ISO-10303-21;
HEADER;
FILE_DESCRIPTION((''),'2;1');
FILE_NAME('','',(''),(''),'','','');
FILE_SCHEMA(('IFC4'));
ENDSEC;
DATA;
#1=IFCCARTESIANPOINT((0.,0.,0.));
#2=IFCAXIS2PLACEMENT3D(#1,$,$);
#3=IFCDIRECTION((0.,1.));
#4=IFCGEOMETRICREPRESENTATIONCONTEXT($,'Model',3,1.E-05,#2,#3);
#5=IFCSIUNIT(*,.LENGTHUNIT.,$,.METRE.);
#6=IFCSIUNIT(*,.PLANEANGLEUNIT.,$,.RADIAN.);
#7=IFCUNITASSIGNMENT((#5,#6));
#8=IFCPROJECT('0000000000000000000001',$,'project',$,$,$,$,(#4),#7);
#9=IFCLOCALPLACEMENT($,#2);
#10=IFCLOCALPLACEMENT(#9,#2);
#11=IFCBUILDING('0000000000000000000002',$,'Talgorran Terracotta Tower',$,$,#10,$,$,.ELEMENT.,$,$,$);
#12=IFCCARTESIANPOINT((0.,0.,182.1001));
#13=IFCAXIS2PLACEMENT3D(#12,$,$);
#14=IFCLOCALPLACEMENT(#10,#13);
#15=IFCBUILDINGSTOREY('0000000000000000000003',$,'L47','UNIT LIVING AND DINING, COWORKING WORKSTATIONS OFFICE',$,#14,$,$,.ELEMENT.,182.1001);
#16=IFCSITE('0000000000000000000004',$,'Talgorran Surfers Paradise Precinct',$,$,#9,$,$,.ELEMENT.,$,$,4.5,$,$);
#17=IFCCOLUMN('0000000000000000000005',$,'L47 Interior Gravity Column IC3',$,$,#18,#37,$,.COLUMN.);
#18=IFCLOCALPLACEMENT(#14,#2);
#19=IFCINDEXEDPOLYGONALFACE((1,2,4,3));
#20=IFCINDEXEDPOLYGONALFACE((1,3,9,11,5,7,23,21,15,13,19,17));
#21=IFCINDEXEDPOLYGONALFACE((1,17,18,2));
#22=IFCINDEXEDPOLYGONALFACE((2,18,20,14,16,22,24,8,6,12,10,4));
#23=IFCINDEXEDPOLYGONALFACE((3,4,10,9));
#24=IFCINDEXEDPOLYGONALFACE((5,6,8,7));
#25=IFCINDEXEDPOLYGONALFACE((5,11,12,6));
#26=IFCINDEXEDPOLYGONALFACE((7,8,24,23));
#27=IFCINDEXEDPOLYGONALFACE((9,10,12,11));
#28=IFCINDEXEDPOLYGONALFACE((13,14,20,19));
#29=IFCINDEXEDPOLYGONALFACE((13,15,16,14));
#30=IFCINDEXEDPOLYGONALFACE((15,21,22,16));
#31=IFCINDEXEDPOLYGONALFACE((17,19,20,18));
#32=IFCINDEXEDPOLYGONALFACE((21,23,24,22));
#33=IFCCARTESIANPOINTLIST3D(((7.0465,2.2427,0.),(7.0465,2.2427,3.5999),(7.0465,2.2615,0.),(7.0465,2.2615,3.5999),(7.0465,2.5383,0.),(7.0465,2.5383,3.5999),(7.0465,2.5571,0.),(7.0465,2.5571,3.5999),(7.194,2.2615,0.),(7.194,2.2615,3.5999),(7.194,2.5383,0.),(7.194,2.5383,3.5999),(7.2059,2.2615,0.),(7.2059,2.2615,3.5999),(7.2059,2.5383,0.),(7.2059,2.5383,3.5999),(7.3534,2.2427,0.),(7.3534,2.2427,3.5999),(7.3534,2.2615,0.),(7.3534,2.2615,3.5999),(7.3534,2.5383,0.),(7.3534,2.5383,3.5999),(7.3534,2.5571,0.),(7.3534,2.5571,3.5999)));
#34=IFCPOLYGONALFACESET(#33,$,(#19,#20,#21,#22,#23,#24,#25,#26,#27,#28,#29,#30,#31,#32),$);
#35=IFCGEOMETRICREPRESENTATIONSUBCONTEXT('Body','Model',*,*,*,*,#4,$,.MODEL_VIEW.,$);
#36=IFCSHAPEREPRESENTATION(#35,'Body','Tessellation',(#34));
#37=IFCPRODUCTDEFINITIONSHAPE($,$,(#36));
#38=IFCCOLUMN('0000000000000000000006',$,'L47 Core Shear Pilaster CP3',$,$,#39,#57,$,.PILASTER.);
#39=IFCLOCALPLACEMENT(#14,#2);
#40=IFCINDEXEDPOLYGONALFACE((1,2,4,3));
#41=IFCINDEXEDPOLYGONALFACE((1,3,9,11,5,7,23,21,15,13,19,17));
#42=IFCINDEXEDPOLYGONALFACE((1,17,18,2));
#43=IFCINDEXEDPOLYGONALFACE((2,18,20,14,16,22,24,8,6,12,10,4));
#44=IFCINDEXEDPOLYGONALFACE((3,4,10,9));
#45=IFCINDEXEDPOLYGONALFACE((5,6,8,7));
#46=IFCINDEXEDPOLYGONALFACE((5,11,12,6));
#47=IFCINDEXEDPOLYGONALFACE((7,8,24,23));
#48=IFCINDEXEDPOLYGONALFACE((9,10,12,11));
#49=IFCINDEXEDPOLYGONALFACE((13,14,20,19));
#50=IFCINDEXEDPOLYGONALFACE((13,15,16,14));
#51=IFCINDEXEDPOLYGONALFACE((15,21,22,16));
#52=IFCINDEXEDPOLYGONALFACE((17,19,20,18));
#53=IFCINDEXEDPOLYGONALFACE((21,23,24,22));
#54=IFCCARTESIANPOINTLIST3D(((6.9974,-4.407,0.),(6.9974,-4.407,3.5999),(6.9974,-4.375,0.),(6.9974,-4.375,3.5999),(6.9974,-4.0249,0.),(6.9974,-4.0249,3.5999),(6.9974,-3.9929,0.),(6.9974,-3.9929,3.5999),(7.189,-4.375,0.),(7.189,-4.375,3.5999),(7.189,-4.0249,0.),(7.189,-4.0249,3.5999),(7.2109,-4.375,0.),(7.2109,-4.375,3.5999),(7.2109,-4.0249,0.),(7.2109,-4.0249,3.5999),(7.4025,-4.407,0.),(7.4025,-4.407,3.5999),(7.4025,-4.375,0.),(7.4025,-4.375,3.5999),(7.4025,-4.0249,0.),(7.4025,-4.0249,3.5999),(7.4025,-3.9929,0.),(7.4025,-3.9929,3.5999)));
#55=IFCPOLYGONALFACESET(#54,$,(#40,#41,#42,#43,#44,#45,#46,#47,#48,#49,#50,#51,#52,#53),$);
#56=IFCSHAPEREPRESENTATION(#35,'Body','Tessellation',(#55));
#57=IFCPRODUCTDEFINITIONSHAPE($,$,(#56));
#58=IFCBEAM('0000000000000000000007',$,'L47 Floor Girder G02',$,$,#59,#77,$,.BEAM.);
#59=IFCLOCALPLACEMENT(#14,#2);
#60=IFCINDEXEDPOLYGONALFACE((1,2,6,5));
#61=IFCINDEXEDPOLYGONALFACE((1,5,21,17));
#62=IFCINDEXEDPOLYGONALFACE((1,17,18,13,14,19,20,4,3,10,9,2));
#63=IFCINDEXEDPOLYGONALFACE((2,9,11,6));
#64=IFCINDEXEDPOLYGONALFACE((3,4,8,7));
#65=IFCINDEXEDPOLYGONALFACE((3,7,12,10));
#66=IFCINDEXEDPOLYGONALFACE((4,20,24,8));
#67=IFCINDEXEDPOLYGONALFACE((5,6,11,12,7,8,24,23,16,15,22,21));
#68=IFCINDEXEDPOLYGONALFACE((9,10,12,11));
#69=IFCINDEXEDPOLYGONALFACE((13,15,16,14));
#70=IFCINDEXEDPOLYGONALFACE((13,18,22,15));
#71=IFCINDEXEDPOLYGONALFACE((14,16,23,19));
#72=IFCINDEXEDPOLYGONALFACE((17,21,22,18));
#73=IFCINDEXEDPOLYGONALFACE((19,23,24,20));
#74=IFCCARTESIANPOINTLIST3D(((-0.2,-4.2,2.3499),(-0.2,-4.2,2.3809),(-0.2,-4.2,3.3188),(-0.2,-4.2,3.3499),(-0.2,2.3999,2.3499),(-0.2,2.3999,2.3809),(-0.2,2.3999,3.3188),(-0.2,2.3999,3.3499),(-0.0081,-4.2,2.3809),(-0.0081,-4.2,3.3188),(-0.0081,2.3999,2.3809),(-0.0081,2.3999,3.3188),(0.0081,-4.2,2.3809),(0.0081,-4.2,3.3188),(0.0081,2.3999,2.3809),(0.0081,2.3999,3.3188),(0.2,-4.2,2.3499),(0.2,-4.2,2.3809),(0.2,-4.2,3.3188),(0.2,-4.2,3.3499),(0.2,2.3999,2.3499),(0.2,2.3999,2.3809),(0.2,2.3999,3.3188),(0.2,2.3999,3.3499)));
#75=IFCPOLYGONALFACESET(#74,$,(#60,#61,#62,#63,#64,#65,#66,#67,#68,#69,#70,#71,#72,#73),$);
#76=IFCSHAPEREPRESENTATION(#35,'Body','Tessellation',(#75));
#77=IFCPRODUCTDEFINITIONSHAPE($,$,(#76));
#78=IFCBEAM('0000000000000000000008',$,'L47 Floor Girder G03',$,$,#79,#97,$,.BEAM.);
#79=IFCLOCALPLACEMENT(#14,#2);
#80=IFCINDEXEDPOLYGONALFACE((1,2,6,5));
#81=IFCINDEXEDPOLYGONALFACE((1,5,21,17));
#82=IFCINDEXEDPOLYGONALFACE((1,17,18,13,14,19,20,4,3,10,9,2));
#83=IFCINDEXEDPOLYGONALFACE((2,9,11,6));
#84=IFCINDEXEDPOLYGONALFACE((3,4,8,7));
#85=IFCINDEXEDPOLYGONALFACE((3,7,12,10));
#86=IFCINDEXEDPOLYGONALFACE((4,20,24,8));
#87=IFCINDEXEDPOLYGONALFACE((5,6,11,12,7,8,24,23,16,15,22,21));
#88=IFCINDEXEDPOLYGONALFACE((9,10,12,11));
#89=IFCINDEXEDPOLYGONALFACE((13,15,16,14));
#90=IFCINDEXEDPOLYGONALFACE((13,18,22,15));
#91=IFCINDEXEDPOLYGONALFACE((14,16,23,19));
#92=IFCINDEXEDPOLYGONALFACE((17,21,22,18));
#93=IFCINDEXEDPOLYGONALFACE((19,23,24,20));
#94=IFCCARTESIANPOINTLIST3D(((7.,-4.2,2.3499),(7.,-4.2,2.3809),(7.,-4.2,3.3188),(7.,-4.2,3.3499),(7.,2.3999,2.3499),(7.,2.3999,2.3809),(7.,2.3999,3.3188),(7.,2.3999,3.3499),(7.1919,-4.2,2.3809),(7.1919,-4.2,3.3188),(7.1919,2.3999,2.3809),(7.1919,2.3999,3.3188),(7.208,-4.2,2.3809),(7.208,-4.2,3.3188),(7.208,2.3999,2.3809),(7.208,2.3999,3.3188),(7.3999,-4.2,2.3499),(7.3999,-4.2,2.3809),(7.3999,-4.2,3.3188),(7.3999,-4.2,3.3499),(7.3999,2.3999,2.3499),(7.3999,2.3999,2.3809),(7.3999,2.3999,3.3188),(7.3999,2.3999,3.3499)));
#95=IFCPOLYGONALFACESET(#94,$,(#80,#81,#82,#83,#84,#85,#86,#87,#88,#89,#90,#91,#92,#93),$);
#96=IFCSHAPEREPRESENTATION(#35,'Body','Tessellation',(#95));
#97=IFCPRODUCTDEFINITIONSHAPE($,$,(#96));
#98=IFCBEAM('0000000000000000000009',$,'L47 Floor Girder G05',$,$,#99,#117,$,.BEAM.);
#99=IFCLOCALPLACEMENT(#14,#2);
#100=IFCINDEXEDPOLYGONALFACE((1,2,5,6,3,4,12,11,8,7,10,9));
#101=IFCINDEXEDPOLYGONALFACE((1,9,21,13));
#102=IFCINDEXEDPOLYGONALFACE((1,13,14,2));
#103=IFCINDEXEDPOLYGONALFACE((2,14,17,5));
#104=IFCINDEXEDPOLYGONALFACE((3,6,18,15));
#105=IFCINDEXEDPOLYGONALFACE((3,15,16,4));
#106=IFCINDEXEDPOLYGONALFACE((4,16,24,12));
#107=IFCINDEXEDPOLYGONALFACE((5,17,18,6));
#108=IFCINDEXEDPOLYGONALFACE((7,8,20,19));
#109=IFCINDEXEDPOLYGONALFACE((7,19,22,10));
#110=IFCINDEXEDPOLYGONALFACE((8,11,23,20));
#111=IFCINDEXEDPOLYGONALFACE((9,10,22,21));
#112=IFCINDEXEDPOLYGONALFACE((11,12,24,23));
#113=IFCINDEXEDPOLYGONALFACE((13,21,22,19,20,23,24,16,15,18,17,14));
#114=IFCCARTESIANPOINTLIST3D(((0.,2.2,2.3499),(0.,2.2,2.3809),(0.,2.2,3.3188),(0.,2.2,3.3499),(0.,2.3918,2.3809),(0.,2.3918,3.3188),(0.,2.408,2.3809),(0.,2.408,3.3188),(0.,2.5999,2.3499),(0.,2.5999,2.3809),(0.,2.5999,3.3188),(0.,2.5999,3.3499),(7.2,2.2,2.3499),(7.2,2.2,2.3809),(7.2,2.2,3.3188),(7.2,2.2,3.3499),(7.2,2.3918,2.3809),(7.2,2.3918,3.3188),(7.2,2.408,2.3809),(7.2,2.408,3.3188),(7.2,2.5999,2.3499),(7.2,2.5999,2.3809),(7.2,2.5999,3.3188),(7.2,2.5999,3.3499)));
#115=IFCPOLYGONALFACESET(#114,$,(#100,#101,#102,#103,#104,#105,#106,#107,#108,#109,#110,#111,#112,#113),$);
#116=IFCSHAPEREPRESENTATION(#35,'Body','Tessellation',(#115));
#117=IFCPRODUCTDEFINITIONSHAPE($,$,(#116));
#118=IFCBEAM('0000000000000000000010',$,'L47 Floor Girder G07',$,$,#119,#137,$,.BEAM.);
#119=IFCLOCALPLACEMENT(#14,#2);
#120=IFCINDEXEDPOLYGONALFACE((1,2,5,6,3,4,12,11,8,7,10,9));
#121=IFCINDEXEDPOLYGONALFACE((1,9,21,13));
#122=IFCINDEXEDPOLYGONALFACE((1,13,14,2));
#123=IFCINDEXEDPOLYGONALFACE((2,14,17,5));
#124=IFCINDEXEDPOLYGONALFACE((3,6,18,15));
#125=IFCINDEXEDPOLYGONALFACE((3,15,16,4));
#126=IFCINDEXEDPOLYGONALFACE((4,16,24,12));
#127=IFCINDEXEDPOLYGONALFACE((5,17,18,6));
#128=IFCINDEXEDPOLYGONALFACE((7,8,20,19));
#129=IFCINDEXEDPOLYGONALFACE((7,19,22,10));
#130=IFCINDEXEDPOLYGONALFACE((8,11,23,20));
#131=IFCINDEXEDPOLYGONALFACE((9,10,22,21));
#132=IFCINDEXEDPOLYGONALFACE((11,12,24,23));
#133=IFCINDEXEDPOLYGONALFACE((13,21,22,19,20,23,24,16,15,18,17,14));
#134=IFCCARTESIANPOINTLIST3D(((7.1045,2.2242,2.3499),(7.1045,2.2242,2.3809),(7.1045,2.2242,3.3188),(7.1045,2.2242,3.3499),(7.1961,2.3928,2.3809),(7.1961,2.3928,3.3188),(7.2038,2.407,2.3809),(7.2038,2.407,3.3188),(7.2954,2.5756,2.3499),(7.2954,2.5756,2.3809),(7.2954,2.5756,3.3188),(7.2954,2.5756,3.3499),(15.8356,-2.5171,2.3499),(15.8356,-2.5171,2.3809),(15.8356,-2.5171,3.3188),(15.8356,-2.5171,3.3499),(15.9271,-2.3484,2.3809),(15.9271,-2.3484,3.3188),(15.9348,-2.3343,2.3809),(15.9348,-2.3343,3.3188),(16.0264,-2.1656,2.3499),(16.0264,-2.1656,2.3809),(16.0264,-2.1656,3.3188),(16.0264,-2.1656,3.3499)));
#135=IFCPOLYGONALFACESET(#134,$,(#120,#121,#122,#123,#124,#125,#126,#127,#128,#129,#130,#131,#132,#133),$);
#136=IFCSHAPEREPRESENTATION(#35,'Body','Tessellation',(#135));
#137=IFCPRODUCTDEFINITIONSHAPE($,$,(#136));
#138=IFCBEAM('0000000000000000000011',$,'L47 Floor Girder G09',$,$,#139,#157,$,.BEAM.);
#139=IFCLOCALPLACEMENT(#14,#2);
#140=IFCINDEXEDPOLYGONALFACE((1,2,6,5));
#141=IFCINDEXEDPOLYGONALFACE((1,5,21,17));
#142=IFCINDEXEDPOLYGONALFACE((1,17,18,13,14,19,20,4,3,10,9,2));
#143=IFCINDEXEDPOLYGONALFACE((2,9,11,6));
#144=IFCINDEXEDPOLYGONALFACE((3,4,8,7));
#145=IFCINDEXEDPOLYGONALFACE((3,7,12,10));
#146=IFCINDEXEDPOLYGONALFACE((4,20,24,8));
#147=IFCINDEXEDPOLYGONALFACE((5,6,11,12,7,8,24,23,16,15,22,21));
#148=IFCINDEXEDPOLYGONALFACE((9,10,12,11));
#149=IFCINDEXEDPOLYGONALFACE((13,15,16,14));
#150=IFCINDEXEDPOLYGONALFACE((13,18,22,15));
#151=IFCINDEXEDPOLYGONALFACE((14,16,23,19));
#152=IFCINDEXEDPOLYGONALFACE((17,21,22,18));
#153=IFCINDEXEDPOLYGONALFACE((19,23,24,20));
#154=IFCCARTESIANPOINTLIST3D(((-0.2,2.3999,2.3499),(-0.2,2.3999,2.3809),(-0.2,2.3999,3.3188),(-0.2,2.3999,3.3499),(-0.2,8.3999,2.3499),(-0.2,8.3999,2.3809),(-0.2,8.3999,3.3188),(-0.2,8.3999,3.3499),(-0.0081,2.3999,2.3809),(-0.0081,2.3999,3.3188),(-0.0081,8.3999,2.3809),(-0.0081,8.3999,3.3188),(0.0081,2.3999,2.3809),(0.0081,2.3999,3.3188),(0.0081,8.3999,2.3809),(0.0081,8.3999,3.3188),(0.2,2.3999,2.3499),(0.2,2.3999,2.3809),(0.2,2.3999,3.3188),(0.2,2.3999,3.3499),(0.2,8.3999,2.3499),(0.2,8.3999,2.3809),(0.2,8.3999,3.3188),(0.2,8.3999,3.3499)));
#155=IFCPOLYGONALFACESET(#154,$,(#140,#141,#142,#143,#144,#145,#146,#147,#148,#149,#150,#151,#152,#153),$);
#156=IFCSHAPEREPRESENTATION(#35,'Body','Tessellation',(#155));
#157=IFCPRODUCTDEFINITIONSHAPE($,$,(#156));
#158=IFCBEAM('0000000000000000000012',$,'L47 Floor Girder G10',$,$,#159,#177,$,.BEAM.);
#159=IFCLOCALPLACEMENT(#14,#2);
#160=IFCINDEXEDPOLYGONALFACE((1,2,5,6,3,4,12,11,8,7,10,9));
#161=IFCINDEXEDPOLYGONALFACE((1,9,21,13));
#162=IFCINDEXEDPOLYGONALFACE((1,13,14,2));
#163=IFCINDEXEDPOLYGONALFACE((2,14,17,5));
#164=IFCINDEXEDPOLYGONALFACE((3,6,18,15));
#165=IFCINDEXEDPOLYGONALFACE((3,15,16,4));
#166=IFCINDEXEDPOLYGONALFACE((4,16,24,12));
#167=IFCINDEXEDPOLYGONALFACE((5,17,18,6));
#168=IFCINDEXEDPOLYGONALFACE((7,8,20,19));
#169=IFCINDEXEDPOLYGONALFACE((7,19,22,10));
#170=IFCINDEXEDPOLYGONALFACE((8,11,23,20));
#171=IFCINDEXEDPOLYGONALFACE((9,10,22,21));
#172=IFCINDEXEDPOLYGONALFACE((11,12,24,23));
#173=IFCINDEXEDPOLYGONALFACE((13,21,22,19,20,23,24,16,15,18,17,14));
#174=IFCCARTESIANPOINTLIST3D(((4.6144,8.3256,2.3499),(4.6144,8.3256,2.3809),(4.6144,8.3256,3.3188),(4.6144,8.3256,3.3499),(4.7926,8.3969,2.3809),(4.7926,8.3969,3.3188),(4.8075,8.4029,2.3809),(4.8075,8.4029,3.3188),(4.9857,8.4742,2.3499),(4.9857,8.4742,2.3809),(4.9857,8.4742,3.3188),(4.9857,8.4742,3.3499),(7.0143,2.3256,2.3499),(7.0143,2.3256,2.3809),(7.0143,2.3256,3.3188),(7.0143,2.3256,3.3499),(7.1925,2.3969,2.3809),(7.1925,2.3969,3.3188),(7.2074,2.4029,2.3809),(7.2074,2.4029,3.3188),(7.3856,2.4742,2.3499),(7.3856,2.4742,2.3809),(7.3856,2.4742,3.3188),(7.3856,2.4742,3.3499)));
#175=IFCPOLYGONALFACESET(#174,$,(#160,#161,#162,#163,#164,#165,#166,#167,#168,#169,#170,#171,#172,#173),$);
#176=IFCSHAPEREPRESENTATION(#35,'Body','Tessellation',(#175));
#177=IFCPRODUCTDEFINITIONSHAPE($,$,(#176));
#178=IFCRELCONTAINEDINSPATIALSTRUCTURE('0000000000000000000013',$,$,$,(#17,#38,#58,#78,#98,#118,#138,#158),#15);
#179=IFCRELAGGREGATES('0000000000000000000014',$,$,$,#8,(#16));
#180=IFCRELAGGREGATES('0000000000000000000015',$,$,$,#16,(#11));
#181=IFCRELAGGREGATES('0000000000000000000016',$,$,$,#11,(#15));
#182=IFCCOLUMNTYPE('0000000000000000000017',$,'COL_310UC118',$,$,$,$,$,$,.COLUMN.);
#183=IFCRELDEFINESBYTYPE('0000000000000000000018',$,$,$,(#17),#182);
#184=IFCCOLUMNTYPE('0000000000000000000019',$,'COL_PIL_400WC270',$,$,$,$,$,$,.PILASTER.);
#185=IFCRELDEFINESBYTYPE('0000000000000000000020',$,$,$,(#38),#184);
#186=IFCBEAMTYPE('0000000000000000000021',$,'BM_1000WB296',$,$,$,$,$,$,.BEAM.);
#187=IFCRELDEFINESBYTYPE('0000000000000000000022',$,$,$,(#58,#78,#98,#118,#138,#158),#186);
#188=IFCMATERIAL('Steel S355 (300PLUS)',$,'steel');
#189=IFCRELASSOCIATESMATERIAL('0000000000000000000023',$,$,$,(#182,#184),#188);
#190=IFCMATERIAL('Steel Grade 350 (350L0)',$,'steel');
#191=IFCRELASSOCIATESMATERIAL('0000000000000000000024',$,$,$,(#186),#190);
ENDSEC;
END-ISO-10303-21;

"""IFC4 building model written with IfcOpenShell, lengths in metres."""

from ifc_helpers import new_model, si_unit, direction, frame, origin, origin_2d, place, context, subcontext, project, spatial, i_section, extrude, material, material_profile, profile_set, type_object, element, save


model = new_model("IFC4")

# Units and contexts
model_context = context("Model", 3, precision=1e-05, world=origin(), true_north=direction((0.0, 1.0)))
body_context = subcontext(model_context, "Body", "Model", "MODEL_VIEW")
ifc_project = project(units=[si_unit("LENGTHUNIT", "METRE"), si_unit("PLANEANGLEUNIT", "RADIAN")], contexts=[model_context])

# Site, building, storey
site_placement = place(None, origin())
site = spatial("IfcSite", under=ifc_project, at=site_placement, Name="Talgorran Surfers Paradise Precinct", CompositionType="ELEMENT", RefElevation=4.5)
building_placement = place(site_placement, origin())
building = spatial("IfcBuilding", under=site, at=building_placement, Name="Talgorran Terracotta Tower", CompositionType="ELEMENT")
storey_placement = place(building_placement, frame((0.0, 0.0, 182.1001)))
storey = spatial("IfcBuildingStorey", under=building, at=storey_placement, Name="L47", Description="UNIT LIVING AND DINING, COWORKING WORKSTATIONS OFFICE", CompositionType="ELEMENT", Elevation=182.1001)

# Columns
ifc_material_1 = material(Name="Steel S355 (300PLUS)", Category="steel")
ifc_material_profile_1 = material_profile(ifc_material_1, i_section(OverallWidth=0.3069, OverallDepth=0.3145, WebThickness=0.012, FlangeThickness=0.0188, at=origin_2d()), Name="310UC118")
ifc_profile_set_1 = profile_set([ifc_material_profile_1], Name="Steel S355 (300PLUS)")
column_type_1 = type_object("IfcColumnType", Name="COL_310UC118", PredefinedType="COLUMN", material=ifc_profile_set_1)
column_1_placement = place(storey_placement, frame((7.2, 2.3999, 0.0), z_axis=(0.0, 0.0, 1.0), x_axis=(1.0, 0.0, 0.0)))
element("IfcColumn", 1, at=column_1_placement, inside=storey, type_object=column_type_1, Name="L47 Interior Gravity Column IC3", PredefinedType="COLUMN", context=body_context, shape_type="SweptSolid", body=[
    extrude(i_section(OverallWidth=0.3069, OverallDepth=0.3145, WebThickness=0.012, FlangeThickness=0.0188, at=origin_2d()), origin(), (0.0, 0.0, 1.0), 3.5999),
])
ifc_material_profile_2 = material_profile(ifc_material_1, i_section(OverallWidth=0.405, OverallDepth=0.4141, WebThickness=0.022, FlangeThickness=0.032, at=origin_2d()), Name="400WC270")
ifc_profile_set_2 = profile_set([ifc_material_profile_2], Name="Steel S355 (300PLUS)")
column_type_2 = type_object("IfcColumnType", Name="COL_PIL_400WC270", PredefinedType="PILASTER", material=ifc_profile_set_2)
column_2_placement = place(storey_placement, frame((7.2, -4.2, 0.0), z_axis=(0.0, 0.0, 1.0), x_axis=(1.0, 0.0, 0.0)))
element("IfcColumn", 2, at=column_2_placement, inside=storey, type_object=column_type_2, Name="L47 Core Shear Pilaster CP3", PredefinedType="PILASTER", context=body_context, shape_type="SweptSolid", body=[
    extrude(i_section(OverallWidth=0.405, OverallDepth=0.4141, WebThickness=0.022, FlangeThickness=0.032, at=origin_2d()), origin(), (0.0, 0.0, 1.0), 3.5999),
])

# Beams
ifc_material_2 = material(Name="Steel Grade 350 (350L0)", Category="steel")
ifc_material_profile_3 = material_profile(ifc_material_2, i_section(OverallWidth=0.3999, OverallDepth=1.0, WebThickness=0.0161, FlangeThickness=0.031, at=origin_2d()), Name="1000WB296")
ifc_profile_set_3 = profile_set([ifc_material_profile_3], Name="Steel Grade 350 (350L0)")
beam_type_1 = type_object("IfcBeamType", Name="BM_1000WB296", PredefinedType="BEAM", material=ifc_profile_set_3)
for number, where, z_axis, x_axis, name in (
    (3, (0.0, -4.2, 2.8499), (0.0, 1.0, 0.0), (-1.0, 0.0, 0.0), "L47 Floor Girder G02"),
    (4, (7.2, -4.2, 2.8499), (0.0, 1.0, 0.0), (-1.0, 0.0, 0.0), "L47 Floor Girder G03"),
):
    element("IfcBeam", number, at=place(storey_placement, frame(where, z_axis=z_axis, x_axis=x_axis)), inside=storey, type_object=beam_type_1, Name=name, PredefinedType="BEAM", context=body_context, shape_type="SweptSolid", body=[
        extrude(i_section(OverallWidth=0.3999, OverallDepth=1.0, WebThickness=0.0161, FlangeThickness=0.031, at=origin_2d()), origin(), (0.0, 0.0, 1.0), 6.5999),
    ])
beam_1_placement = place(storey_placement, frame((0.0, 2.3999, 2.8499), z_axis=(1.0, 0.0, 0.0), x_axis=(0.0, 1.0, 0.0)))
element("IfcBeam", 5, at=beam_1_placement, inside=storey, type_object=beam_type_1, Name="L47 Floor Girder G05", PredefinedType="BEAM", context=body_context, shape_type="SweptSolid", body=[
    extrude(i_section(OverallWidth=0.3999, OverallDepth=1.0, WebThickness=0.0161, FlangeThickness=0.031, at=origin_2d()), origin(), (0.0, 0.0, 1.0), 7.2),
])
beam_2_placement = place(storey_placement, frame((7.2, 2.3999, 2.8499), z_axis=(0.878788, -0.477212, 0.0), x_axis=(0.477212, 0.878788, 0.0)))
element("IfcBeam", 6, at=beam_2_placement, inside=storey, type_object=beam_type_1, Name="L47 Floor Girder G07", PredefinedType="BEAM", context=body_context, shape_type="SweptSolid", body=[
    extrude(i_section(OverallWidth=0.3999, OverallDepth=1.0, WebThickness=0.0161, FlangeThickness=0.031, at=origin_2d()), origin(), (0.0, 0.0, 1.0), 9.9353),
])
beam_3_placement = place(storey_placement, frame((0.0, 2.3999, 2.8499), z_axis=(0.0, 1.0, 0.0), x_axis=(-1.0, 0.0, 0.0)))
element("IfcBeam", 7, at=beam_3_placement, inside=storey, type_object=beam_type_1, Name="L47 Floor Girder G09", PredefinedType="BEAM", context=body_context, shape_type="SweptSolid", body=[
    extrude(i_section(OverallWidth=0.3999, OverallDepth=1.0, WebThickness=0.0161, FlangeThickness=0.031, at=origin_2d()), origin(), (0.0, 0.0, 1.0), 6.0),
])
beam_4_placement = place(storey_placement, frame((7.2, 2.3999, 2.8499), z_axis=(-0.371378, 0.928482, 0.0), x_axis=(-0.928482, -0.371378, 0.0)))
element("IfcBeam", 8, at=beam_4_placement, inside=storey, type_object=beam_type_1, Name="L47 Floor Girder G10", PredefinedType="BEAM", context=body_context, shape_type="SweptSolid", body=[
    extrude(i_section(OverallWidth=0.3999, OverallDepth=1.0, WebThickness=0.0161, FlangeThickness=0.031, at=origin_2d()), origin(), (0.0, 0.0, 1.0), 6.4622),
])

save(model, "model.ifc")
